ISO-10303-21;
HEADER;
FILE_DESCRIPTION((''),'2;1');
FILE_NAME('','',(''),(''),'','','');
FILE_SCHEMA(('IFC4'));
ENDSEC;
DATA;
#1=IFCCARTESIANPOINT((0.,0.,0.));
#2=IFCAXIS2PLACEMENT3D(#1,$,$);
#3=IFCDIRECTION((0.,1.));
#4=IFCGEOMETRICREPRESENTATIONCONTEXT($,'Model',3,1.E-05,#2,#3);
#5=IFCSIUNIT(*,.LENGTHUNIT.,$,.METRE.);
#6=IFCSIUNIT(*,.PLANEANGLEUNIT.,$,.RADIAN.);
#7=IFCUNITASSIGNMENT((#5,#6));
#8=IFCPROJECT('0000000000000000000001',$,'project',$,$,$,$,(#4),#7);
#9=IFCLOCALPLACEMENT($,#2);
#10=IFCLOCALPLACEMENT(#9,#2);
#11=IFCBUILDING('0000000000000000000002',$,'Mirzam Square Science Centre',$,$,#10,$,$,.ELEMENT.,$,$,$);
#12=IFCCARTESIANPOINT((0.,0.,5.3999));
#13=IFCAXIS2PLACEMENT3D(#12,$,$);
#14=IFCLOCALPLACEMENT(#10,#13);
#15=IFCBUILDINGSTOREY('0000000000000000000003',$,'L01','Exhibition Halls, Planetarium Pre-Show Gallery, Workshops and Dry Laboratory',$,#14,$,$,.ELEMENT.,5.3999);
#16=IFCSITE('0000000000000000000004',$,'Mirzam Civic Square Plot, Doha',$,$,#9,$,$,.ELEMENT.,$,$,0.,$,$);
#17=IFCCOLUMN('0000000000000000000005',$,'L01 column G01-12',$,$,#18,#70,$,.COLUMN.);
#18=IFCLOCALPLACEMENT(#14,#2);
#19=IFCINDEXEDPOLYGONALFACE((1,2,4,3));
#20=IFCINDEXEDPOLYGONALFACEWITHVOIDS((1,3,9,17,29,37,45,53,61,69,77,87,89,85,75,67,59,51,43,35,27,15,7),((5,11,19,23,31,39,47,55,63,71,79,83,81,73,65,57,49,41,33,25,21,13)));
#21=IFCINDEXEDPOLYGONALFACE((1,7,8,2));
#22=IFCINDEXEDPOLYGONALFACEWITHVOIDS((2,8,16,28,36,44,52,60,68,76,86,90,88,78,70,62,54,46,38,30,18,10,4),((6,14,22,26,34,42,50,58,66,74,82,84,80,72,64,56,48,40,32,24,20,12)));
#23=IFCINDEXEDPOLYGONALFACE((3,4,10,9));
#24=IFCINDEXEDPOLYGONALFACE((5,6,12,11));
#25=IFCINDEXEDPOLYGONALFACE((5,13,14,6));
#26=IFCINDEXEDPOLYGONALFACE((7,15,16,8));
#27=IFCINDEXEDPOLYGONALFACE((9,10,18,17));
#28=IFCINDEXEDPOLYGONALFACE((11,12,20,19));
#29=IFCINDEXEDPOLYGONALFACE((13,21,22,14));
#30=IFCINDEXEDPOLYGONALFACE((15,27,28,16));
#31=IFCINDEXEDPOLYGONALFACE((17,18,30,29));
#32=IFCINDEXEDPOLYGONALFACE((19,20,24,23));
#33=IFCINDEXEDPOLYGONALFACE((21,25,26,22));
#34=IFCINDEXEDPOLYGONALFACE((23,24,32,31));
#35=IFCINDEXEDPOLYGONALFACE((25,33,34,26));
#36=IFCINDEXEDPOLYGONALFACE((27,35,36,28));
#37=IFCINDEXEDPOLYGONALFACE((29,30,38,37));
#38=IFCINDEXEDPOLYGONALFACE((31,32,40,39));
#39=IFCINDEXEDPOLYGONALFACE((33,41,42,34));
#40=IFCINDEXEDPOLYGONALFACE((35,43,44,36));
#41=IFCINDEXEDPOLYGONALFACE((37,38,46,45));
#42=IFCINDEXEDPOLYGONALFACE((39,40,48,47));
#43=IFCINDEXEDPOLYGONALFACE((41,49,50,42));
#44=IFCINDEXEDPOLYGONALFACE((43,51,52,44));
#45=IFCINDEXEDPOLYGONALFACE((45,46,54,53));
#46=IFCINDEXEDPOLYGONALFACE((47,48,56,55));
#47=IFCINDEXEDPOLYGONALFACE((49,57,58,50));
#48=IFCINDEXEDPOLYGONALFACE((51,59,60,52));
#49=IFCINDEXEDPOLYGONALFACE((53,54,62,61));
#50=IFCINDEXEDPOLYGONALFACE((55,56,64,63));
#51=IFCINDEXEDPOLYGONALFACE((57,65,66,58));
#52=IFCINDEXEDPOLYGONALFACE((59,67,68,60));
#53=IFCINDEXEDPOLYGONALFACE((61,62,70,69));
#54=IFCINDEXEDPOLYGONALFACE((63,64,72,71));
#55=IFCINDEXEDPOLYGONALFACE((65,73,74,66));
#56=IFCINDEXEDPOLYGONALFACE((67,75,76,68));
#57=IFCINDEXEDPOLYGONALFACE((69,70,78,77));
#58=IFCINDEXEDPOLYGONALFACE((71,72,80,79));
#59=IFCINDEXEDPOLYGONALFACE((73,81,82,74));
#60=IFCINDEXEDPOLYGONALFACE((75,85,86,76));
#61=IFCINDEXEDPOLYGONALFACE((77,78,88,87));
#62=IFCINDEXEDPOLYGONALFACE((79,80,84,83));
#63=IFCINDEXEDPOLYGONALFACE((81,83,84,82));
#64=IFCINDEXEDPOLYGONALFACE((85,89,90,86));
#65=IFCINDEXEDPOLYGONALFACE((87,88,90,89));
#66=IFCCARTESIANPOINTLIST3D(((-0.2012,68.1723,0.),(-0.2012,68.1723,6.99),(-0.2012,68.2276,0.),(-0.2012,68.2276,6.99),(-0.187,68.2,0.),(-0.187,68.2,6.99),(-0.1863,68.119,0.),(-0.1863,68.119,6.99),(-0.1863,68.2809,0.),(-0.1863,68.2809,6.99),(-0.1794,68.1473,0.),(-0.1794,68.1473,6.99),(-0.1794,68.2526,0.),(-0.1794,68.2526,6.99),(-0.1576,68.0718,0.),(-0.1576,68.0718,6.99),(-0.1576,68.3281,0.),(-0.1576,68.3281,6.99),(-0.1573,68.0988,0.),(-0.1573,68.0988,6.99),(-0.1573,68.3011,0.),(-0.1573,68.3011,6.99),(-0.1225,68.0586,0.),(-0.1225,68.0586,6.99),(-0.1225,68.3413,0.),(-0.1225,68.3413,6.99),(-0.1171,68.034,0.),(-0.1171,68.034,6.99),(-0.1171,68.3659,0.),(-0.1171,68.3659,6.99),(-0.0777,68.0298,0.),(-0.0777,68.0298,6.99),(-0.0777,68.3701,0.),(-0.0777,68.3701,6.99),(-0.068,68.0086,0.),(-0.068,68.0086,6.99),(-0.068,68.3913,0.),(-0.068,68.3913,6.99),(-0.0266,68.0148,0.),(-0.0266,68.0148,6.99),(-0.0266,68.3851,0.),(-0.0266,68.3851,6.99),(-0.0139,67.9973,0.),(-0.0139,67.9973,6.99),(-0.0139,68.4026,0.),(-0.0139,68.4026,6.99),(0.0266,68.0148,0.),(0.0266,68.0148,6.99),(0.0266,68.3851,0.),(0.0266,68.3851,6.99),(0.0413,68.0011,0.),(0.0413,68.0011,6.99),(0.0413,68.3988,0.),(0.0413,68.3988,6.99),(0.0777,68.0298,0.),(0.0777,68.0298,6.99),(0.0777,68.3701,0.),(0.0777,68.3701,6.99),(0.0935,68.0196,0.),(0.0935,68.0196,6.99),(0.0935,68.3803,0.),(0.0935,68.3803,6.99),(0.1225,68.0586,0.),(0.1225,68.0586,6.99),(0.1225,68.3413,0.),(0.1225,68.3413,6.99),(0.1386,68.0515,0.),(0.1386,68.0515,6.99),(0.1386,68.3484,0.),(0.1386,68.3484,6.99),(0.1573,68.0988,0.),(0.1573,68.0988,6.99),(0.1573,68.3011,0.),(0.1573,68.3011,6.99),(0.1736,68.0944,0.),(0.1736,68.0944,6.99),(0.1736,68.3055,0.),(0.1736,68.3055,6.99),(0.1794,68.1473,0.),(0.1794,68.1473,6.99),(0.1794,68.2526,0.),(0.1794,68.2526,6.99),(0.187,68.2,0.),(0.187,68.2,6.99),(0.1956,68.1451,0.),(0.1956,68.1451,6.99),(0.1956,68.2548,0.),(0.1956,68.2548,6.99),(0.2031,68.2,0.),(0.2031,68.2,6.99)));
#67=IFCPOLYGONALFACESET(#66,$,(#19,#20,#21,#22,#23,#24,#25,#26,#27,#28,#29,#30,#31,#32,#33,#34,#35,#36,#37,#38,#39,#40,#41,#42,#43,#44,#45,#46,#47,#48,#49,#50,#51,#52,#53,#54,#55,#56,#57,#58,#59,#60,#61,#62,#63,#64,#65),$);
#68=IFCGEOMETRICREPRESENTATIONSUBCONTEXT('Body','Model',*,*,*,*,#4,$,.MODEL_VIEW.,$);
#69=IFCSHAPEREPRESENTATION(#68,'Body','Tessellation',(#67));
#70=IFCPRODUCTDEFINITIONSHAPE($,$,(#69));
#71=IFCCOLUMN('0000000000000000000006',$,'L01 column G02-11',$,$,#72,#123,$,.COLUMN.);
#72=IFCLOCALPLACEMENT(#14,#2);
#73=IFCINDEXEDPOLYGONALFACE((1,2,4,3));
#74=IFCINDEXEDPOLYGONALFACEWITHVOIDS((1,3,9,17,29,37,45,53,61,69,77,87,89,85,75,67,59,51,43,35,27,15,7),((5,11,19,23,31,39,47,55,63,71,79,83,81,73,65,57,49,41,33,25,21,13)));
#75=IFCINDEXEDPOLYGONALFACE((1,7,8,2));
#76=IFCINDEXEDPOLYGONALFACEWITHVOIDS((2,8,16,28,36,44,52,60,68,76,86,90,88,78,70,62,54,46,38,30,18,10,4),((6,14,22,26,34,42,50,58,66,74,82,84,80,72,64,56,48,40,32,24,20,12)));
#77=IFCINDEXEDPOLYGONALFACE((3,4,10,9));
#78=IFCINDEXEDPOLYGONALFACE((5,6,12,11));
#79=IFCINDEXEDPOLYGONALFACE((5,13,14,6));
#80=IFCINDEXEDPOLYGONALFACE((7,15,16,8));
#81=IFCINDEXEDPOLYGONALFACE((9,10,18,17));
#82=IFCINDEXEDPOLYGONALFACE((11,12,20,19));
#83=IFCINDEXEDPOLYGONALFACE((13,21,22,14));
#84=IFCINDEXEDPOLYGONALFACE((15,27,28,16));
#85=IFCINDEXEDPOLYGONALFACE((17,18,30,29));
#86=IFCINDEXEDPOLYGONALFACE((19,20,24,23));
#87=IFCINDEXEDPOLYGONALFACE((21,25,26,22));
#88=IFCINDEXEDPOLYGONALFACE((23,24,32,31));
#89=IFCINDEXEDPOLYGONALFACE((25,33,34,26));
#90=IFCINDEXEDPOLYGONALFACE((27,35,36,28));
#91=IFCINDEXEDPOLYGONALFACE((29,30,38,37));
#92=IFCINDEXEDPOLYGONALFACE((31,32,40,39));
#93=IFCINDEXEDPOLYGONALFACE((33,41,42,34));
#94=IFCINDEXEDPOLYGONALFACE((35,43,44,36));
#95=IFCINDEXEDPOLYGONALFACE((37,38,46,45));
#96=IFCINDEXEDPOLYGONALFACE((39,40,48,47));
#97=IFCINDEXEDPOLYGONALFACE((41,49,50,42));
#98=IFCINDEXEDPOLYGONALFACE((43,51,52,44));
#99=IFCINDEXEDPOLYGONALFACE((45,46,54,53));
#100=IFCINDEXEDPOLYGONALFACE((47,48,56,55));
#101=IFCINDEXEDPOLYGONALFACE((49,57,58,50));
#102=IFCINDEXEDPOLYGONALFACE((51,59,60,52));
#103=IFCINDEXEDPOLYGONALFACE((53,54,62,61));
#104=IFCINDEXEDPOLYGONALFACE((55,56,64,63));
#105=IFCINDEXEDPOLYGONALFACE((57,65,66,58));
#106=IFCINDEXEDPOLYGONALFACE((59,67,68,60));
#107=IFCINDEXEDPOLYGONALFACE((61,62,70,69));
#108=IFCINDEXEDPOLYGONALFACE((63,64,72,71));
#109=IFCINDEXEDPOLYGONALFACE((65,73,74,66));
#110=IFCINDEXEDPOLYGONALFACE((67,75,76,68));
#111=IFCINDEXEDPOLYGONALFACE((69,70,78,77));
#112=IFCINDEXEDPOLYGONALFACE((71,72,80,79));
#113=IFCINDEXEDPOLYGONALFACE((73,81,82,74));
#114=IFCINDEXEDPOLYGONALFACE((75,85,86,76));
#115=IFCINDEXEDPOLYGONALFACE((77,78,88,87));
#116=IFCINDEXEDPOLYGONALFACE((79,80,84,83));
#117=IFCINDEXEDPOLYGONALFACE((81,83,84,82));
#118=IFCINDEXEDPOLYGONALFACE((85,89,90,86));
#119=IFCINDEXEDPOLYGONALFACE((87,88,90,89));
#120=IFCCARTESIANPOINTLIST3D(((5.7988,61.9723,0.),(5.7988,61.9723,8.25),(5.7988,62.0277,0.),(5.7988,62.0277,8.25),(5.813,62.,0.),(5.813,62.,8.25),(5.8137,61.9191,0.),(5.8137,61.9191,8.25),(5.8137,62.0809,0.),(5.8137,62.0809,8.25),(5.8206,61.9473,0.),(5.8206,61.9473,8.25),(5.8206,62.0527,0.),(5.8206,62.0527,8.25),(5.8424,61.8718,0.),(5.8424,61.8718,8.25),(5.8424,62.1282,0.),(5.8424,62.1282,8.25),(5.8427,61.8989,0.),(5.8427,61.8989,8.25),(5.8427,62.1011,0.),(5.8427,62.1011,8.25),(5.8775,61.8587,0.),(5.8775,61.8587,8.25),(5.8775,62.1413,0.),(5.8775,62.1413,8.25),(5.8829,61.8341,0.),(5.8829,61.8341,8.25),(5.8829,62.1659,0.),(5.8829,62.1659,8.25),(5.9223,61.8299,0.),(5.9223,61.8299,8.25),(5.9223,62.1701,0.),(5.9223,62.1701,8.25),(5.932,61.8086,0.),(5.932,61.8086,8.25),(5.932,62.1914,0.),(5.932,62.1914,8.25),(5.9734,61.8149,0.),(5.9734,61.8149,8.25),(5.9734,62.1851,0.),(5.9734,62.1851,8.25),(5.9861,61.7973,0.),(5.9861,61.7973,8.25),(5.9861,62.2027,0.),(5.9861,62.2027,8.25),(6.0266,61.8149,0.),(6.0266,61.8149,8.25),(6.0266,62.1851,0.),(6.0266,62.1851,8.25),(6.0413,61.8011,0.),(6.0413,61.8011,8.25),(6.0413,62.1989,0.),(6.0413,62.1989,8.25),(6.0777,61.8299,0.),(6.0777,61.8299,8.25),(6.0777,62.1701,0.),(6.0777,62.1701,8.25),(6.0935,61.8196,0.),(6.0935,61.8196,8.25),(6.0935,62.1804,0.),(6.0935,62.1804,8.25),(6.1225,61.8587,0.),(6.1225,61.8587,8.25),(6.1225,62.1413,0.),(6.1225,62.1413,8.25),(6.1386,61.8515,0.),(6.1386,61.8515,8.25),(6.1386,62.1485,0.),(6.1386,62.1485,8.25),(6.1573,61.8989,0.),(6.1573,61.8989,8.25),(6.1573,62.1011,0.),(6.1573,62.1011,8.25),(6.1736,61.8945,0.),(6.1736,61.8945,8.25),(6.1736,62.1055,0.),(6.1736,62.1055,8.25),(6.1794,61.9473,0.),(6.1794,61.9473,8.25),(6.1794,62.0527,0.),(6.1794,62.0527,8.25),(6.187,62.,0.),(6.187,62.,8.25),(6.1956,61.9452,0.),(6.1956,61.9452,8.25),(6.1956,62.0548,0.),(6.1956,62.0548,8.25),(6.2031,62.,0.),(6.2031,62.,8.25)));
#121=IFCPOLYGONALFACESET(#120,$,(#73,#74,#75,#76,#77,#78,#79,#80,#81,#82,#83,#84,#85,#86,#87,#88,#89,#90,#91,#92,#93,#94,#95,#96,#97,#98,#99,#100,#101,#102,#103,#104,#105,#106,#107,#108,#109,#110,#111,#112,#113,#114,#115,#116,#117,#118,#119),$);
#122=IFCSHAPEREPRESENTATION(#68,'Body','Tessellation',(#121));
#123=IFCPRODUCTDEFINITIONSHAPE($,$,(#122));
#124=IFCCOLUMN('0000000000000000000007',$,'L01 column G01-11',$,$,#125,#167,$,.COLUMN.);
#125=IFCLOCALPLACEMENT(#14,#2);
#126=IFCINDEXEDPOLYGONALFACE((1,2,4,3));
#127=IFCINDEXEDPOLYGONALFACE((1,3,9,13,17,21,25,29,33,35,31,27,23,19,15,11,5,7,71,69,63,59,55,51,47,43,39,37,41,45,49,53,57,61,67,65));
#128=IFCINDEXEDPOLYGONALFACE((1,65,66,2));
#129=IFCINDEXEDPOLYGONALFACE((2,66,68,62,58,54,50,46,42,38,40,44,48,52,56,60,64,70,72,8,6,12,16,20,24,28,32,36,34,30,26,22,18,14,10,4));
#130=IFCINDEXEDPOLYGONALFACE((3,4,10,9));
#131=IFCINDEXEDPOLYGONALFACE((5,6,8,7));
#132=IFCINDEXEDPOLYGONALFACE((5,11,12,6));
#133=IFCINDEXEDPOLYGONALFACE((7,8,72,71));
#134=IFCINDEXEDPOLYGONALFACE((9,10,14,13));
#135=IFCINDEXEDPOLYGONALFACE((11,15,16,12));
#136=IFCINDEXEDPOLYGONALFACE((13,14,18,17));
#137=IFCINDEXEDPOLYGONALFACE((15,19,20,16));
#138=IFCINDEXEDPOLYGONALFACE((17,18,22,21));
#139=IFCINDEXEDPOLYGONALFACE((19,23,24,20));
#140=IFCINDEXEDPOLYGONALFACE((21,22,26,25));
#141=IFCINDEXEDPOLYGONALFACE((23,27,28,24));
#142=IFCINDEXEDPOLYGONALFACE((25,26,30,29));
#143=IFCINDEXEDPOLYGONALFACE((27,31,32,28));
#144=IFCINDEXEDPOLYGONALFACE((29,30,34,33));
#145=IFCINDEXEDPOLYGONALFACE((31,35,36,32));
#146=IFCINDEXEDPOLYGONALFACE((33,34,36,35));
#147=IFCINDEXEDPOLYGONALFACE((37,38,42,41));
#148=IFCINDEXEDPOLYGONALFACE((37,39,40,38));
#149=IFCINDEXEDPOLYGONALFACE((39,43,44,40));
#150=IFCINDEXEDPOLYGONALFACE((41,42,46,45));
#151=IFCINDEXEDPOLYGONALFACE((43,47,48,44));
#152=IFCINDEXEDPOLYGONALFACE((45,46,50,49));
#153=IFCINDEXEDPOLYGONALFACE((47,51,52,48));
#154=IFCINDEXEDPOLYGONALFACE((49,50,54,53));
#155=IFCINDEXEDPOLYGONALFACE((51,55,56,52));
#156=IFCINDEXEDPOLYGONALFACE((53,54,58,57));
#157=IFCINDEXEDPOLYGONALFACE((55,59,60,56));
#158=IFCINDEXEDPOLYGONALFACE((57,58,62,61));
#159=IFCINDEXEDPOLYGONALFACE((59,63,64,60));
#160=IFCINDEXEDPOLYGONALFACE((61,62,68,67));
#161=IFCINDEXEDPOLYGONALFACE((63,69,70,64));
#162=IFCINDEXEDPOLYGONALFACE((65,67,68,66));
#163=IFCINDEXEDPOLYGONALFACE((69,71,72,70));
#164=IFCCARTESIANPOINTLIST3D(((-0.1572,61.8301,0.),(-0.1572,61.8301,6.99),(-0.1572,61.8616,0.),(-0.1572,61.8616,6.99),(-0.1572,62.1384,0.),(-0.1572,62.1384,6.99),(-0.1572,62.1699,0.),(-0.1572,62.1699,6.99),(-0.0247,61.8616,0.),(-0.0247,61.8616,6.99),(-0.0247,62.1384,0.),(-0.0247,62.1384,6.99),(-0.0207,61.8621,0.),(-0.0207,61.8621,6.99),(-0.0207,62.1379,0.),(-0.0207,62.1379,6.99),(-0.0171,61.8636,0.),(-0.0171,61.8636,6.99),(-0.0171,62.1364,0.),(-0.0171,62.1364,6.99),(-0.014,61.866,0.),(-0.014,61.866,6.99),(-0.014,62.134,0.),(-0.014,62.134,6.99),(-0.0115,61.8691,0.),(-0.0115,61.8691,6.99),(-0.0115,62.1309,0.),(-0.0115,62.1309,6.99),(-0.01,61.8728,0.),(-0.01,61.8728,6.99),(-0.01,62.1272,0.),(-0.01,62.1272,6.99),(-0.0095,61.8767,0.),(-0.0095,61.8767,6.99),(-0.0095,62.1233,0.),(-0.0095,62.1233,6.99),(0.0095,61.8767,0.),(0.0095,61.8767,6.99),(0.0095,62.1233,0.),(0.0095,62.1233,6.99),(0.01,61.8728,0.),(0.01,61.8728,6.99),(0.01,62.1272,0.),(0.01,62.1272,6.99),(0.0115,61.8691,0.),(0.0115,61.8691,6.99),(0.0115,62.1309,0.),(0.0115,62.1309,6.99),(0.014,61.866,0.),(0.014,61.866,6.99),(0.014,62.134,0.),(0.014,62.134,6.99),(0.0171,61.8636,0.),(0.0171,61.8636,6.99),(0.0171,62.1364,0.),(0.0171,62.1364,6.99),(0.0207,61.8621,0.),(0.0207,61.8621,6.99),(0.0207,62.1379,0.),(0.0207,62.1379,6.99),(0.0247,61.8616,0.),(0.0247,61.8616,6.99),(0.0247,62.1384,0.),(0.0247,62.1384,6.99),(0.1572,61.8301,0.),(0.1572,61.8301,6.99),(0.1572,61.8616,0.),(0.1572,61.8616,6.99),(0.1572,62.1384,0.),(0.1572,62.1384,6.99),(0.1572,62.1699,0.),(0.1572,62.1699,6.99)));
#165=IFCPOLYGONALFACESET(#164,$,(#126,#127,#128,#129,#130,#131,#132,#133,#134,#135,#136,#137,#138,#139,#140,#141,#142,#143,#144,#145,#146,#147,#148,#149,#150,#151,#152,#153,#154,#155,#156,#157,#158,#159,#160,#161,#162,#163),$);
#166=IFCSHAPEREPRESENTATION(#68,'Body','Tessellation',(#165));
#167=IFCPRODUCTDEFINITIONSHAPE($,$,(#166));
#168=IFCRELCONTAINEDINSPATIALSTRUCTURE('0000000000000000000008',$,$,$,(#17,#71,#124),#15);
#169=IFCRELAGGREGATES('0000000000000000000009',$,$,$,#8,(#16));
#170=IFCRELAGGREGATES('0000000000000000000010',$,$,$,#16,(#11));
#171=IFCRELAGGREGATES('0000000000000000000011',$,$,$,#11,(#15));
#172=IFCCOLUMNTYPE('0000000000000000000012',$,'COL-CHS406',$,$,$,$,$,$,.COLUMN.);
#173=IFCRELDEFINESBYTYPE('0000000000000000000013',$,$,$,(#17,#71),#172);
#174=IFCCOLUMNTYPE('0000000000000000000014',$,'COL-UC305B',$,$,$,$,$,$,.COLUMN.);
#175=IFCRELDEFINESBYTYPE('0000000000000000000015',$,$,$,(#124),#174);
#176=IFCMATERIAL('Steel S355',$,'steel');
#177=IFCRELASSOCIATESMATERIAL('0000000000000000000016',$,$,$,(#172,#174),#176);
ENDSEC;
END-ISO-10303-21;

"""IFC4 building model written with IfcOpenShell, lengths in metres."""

from ifc_helpers import new_model, si_unit, direction, frame, origin, origin_2d, place, context, subcontext, project, spatial, hollow_circle, i_section, extrude, material, material_profile, profile_set, type_object, element, save


model = new_model("IFC4")

# Units and contexts
model_context = context("Model", 3, precision=1e-05, world=origin(), true_north=direction((0.0, 1.0)))
body_context = subcontext(model_context, "Body", "Model", "MODEL_VIEW")
ifc_project = project(units=[si_unit("LENGTHUNIT", "METRE"), si_unit("PLANEANGLEUNIT", "RADIAN")], contexts=[model_context])

# Site, building, storey
site_placement = place(None, origin())
site = spatial("IfcSite", under=ifc_project, at=site_placement, Name="Mirzam Civic Square Plot, Doha", CompositionType="ELEMENT", RefElevation=0.0)
building_placement = place(site_placement, origin())
building = spatial("IfcBuilding", under=site, at=building_placement, Name="Mirzam Square Science Centre", CompositionType="ELEMENT")
storey_placement = place(building_placement, frame((0.0, 0.0, 5.3999)))
storey = spatial("IfcBuildingStorey", under=building, at=storey_placement, Name="L01", Description="Exhibition Halls, Planetarium Pre-Show Gallery, Workshops and Dry Laboratory", CompositionType="ELEMENT", Elevation=5.3999)

# Columns
ifc_material_1 = material(Name="Steel S355", Category="steel")
ifc_material_profile_1 = material_profile(ifc_material_1, hollow_circle(Radius=0.2031, WallThickness=0.0161, at=origin_2d()), Name="406.4x16.0CHS")
ifc_profile_set_1 = profile_set([ifc_material_profile_1], Name="Steel S355")
column_type_1 = type_object("IfcColumnType", Name="COL-CHS406", PredefinedType="COLUMN", material=ifc_profile_set_1)
column_1_placement = place(storey_placement, frame((0.0, 68.2, 0.0), z_axis=(0.0, 0.0, 1.0), x_axis=(1.0, 0.0, 0.0)))
element("IfcColumn", 1, at=column_1_placement, inside=storey, type_object=column_type_1, Name="L01 column G01-12", PredefinedType="COLUMN", context=body_context, shape_type="SweptSolid", body=[
    extrude(hollow_circle(Radius=0.2031, WallThickness=0.0161, at=origin_2d()), origin(), (0.0, 0.0, 1.0), 6.99),
])
column_2_placement = place(storey_placement, frame((6.0, 62.0, 0.0), z_axis=(0.0, 0.0, 1.0), x_axis=(1.0, 0.0, 0.0)))
element("IfcColumn", 2, at=column_2_placement, inside=storey, type_object=column_type_1, Name="L01 column G02-11", PredefinedType="COLUMN", context=body_context, shape_type="SweptSolid", body=[
    extrude(hollow_circle(Radius=0.2031, WallThickness=0.0161, at=origin_2d()), origin(), (0.0, 0.0, 1.0), 8.25),
])
ifc_material_profile_2 = material_profile(ifc_material_1, i_section(OverallWidth=0.3145, OverallDepth=0.3398, WebThickness=0.019, FlangeThickness=0.0315, FilletRadius=0.0151, at=origin_2d()), Name="305x305x198UC")
ifc_profile_set_2 = profile_set([ifc_material_profile_2], Name="Steel S355")
column_type_2 = type_object("IfcColumnType", Name="COL-UC305B", PredefinedType="COLUMN", material=ifc_profile_set_2)
column_3_placement = place(storey_placement, frame((0.0, 62.0, 0.0), z_axis=(0.0, 0.0, 1.0), x_axis=(1.0, 0.0, 0.0)))
element("IfcColumn", 3, at=column_3_placement, inside=storey, type_object=column_type_2, Name="L01 column G01-11", PredefinedType="COLUMN", context=body_context, shape_type="SweptSolid", body=[
    extrude(i_section(OverallWidth=0.3145, OverallDepth=0.3398, WebThickness=0.019, FlangeThickness=0.0315, FilletRadius=0.0151, at=origin_2d()), origin(), (0.0, 0.0, 1.0), 6.99),
])

save(model, "model.ifc")
